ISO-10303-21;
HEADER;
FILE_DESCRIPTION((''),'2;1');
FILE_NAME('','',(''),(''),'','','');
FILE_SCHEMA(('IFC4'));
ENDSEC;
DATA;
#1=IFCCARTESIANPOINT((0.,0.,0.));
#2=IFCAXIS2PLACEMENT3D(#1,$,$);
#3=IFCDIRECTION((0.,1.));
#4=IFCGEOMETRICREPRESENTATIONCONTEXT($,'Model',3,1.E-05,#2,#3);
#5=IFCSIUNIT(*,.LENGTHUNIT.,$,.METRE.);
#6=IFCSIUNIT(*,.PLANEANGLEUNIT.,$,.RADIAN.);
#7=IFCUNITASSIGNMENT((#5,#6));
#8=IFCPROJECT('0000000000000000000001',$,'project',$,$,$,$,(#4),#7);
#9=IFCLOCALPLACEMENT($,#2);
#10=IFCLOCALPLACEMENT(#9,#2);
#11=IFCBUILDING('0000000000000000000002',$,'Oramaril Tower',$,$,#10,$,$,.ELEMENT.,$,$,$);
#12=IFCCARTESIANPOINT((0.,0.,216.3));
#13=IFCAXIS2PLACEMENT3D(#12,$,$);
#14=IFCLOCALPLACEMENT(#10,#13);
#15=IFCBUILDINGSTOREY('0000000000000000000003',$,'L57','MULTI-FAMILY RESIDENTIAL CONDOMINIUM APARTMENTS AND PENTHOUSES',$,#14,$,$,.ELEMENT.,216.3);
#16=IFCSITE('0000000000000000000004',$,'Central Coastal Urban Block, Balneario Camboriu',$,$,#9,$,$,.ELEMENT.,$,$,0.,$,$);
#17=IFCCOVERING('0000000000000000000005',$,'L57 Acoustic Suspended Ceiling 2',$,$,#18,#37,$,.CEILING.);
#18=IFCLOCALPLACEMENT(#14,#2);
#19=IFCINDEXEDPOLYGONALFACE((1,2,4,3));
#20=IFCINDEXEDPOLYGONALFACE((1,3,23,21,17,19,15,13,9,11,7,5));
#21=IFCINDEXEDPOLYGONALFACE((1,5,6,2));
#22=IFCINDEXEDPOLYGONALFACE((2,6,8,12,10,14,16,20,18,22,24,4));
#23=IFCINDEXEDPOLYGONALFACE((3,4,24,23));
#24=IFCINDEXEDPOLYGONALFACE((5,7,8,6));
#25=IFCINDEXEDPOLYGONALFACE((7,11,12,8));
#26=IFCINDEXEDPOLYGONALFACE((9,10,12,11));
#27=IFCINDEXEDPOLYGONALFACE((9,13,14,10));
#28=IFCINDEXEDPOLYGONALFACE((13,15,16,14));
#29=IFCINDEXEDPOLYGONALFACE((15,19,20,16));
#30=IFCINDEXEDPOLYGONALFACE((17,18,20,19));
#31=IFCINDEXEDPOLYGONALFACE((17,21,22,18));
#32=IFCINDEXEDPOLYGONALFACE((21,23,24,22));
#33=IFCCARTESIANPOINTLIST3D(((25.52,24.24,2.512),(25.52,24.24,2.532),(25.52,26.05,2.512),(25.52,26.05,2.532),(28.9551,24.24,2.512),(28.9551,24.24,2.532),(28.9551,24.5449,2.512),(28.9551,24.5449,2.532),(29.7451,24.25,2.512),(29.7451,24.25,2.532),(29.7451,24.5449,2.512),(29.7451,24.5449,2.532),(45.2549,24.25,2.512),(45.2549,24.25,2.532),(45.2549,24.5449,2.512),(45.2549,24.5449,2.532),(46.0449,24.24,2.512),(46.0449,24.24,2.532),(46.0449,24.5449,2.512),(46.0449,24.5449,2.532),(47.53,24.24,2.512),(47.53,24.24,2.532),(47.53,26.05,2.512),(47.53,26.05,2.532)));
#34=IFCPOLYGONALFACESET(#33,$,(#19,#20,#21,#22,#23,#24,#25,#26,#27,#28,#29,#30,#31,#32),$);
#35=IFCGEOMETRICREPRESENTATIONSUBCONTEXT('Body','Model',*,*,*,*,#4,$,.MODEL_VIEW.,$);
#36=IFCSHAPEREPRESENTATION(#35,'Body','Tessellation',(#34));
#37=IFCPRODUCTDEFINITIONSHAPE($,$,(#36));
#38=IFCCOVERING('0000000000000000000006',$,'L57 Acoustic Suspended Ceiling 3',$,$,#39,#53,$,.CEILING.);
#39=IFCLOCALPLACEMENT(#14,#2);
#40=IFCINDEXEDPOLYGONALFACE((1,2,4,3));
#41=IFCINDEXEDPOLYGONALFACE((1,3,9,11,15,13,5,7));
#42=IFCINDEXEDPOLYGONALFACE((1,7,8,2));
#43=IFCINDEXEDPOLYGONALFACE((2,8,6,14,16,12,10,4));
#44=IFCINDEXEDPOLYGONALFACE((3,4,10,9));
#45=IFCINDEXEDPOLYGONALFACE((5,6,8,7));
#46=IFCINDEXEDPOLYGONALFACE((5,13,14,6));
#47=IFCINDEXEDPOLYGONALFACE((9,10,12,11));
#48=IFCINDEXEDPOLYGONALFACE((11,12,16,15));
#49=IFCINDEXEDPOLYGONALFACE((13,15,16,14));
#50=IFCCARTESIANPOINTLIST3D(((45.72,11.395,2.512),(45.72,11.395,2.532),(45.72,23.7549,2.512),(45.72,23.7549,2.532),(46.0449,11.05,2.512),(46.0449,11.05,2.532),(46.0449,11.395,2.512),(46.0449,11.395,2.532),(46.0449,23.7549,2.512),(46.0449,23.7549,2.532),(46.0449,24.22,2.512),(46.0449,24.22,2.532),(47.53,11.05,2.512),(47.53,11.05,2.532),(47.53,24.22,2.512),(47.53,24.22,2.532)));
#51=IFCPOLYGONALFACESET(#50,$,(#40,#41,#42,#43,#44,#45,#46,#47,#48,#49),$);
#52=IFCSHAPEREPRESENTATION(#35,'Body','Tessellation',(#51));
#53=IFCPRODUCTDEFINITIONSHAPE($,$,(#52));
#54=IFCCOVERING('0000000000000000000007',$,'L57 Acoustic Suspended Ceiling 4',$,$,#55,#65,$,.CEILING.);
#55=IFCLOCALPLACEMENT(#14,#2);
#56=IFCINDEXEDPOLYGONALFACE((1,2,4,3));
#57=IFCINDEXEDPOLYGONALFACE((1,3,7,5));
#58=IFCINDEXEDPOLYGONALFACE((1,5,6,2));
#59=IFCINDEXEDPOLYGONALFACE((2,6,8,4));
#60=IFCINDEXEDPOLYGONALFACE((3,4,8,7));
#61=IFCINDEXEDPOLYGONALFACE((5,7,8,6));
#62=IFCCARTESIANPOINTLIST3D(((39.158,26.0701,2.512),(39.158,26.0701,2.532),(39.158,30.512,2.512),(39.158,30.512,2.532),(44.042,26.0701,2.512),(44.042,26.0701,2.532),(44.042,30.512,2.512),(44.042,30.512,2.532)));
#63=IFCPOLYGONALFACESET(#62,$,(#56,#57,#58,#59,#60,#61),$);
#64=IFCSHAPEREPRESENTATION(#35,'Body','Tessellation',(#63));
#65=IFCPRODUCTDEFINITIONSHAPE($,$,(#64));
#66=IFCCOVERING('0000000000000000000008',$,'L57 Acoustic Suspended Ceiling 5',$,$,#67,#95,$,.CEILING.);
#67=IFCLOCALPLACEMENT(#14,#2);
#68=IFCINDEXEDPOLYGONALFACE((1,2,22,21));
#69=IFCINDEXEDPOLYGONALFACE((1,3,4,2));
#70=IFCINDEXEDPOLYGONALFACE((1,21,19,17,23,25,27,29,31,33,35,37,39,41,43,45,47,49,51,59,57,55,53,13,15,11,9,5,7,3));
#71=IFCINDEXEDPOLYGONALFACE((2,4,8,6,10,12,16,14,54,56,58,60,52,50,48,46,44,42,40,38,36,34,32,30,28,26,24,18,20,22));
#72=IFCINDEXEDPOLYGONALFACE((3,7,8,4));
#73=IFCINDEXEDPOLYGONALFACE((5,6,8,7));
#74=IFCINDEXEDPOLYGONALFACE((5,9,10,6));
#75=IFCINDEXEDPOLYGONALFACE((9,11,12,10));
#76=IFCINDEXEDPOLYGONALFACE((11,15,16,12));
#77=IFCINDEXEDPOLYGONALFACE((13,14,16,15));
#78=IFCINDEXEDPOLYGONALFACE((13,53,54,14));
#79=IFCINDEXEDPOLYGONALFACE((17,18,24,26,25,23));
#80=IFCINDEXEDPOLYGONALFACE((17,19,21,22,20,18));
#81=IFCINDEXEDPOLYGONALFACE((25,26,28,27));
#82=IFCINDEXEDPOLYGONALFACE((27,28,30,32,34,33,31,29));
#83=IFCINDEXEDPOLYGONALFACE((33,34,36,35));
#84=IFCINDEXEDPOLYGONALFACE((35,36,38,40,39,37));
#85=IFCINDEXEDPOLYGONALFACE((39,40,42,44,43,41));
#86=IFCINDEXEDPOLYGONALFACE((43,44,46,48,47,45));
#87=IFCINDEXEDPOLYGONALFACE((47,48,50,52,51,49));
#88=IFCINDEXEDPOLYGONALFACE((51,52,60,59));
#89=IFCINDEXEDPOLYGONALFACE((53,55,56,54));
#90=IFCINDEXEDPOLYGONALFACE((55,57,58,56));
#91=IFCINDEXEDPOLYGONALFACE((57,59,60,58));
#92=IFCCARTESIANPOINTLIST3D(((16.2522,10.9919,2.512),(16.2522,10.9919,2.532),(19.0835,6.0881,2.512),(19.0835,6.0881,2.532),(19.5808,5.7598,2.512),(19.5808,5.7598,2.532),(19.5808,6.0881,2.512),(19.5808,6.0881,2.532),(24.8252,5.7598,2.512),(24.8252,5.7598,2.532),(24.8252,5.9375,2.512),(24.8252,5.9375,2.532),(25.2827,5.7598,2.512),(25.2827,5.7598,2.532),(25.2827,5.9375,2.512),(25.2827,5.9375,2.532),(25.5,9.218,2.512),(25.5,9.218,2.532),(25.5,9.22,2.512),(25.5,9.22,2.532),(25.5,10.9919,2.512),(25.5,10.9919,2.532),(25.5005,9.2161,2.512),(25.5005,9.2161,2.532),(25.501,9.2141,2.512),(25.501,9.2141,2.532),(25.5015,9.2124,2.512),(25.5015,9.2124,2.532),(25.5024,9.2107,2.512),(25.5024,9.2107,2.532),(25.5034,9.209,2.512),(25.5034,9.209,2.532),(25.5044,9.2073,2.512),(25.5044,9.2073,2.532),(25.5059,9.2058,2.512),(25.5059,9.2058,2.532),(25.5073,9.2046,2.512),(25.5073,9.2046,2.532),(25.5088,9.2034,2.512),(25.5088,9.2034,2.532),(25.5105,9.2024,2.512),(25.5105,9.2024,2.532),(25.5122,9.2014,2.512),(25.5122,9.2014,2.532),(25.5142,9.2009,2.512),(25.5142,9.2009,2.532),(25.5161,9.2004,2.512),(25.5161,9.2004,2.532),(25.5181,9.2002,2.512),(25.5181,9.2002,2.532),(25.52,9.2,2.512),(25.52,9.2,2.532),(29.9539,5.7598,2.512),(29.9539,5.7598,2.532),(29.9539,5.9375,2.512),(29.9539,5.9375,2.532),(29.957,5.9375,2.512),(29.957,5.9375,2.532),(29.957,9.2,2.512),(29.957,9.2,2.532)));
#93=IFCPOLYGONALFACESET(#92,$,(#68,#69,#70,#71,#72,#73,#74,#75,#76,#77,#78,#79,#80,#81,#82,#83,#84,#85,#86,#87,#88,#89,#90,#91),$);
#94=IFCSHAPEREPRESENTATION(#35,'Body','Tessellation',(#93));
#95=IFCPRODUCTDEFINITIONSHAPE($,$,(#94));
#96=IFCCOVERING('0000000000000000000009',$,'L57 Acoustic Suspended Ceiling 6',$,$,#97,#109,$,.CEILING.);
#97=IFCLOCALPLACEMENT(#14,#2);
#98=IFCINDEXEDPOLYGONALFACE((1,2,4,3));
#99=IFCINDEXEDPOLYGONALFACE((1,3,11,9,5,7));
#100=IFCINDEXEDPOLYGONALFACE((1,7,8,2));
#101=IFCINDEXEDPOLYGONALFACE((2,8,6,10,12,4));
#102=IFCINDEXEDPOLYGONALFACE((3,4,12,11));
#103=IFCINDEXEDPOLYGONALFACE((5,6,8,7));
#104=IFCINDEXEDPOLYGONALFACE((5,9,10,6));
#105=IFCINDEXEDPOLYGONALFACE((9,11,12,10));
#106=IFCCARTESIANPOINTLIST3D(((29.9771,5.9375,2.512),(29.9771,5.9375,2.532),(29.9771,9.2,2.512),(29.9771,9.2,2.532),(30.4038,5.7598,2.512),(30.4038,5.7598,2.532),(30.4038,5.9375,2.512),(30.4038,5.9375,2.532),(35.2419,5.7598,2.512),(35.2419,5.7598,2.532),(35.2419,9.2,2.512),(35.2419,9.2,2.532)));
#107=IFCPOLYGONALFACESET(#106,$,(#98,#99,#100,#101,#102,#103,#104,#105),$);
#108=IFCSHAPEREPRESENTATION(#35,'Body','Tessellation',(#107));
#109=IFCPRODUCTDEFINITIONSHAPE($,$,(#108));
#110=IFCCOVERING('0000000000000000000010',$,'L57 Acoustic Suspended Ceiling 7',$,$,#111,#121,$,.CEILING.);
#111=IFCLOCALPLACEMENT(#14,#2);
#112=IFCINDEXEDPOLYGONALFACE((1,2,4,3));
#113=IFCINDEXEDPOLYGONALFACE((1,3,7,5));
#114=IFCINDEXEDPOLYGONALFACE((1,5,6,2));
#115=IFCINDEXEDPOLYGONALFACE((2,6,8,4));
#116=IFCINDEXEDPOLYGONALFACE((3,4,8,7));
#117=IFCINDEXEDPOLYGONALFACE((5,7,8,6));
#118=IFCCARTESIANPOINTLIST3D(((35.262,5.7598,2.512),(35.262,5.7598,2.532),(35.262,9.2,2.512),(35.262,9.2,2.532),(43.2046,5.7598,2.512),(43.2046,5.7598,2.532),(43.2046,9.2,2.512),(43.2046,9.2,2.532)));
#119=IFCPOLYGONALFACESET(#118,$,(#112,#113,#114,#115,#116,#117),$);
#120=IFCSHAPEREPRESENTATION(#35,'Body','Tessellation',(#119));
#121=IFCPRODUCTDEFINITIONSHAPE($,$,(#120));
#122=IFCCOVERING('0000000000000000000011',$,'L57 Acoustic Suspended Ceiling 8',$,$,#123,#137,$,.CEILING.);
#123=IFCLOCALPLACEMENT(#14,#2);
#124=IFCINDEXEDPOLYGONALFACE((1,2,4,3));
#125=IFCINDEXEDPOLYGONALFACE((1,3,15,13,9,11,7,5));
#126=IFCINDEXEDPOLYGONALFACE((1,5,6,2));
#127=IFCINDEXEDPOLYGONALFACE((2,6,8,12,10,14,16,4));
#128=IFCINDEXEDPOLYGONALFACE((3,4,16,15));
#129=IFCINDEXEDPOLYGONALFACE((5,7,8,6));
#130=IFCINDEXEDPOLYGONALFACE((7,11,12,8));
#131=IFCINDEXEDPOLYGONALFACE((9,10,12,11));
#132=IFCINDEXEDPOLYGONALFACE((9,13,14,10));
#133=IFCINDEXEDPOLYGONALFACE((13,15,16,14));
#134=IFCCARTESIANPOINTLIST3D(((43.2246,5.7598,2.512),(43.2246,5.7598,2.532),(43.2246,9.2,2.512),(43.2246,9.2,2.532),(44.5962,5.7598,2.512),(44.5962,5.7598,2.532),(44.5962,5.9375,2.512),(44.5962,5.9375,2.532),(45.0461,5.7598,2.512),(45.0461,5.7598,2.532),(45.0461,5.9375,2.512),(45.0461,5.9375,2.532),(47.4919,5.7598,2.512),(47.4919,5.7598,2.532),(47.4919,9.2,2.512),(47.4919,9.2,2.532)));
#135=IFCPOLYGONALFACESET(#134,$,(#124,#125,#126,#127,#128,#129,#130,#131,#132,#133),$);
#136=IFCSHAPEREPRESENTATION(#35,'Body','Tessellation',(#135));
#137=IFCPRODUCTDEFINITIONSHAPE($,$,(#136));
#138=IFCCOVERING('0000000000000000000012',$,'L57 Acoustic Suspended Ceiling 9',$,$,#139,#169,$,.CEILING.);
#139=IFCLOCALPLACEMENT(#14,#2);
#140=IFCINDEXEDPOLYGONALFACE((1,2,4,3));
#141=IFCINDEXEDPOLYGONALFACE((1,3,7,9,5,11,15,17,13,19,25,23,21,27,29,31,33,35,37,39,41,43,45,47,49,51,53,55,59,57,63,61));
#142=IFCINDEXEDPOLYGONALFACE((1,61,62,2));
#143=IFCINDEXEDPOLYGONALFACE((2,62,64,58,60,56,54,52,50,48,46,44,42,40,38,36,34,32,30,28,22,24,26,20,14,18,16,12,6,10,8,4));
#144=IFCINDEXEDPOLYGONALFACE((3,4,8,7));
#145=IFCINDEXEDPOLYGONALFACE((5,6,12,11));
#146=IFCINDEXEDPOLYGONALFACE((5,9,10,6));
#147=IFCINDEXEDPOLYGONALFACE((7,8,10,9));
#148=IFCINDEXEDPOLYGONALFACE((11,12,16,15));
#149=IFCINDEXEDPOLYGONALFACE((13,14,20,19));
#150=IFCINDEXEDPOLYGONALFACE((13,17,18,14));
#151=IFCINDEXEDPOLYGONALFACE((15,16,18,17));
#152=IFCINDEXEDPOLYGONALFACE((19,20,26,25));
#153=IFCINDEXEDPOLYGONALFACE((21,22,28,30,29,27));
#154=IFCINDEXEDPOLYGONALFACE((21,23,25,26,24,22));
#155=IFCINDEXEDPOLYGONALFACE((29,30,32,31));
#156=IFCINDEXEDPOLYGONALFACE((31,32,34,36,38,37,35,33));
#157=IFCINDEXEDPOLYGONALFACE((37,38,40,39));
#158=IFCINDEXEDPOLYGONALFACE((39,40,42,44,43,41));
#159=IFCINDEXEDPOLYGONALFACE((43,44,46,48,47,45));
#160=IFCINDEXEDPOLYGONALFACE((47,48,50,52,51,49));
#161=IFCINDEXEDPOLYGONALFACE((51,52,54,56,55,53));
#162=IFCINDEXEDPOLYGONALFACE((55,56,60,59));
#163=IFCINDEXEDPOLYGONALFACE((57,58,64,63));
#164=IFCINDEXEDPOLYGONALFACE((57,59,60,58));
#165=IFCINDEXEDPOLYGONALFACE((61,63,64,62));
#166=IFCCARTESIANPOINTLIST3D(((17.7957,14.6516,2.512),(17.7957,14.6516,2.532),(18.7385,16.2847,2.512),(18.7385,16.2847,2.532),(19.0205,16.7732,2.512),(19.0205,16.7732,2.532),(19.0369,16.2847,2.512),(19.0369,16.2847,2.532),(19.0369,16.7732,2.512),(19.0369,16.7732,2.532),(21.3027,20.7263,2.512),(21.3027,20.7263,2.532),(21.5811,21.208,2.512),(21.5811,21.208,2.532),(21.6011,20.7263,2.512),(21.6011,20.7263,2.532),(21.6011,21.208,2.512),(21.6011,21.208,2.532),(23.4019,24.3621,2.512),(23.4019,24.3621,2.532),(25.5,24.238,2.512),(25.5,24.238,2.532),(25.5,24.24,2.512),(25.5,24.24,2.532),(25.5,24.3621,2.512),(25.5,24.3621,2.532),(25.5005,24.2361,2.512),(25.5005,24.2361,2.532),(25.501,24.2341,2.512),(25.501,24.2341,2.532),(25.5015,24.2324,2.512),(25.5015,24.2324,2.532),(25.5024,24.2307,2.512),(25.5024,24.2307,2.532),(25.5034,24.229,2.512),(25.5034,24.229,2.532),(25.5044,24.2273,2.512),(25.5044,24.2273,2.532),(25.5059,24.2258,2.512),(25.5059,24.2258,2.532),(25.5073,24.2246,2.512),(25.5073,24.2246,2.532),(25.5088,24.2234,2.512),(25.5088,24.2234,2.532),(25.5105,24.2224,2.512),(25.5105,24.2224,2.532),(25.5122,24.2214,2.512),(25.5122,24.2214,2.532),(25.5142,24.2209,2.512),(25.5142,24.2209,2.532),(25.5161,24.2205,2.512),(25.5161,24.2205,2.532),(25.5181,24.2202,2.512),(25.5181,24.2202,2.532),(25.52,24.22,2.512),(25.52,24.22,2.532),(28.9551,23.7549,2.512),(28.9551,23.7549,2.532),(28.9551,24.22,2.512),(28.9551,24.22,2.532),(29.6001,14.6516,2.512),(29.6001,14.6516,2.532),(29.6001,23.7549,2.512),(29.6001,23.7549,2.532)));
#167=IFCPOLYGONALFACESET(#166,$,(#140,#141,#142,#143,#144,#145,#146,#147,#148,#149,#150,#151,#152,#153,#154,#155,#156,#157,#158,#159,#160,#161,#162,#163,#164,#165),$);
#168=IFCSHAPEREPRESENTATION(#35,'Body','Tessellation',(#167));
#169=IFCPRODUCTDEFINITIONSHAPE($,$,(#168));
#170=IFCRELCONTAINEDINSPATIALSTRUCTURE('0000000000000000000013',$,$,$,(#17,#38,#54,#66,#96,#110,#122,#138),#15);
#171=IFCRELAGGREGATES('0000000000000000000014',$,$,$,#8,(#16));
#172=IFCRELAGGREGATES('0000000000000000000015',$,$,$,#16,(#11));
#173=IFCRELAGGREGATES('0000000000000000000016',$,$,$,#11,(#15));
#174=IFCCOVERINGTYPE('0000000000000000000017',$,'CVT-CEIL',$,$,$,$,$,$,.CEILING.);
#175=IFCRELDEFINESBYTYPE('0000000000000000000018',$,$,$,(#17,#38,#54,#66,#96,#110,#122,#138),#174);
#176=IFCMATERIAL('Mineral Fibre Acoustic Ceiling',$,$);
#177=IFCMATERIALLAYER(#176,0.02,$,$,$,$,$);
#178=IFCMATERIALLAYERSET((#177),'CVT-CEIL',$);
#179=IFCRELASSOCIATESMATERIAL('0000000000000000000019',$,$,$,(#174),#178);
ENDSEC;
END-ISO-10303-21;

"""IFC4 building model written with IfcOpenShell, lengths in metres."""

from ifc_helpers import new_model, si_unit, direction, frame, origin, place, context, subcontext, project, spatial, polyline, outline, extrude, material, layer, layer_set, type_object, element, save


model = new_model("IFC4")

# Units and contexts
model_context = context("Model", 3, precision=1e-05, world=origin(), true_north=direction((0.0, 1.0)))
body_context = subcontext(model_context, "Body", "Model", "MODEL_VIEW")
ifc_project = project(units=[si_unit("LENGTHUNIT", "METRE"), si_unit("PLANEANGLEUNIT", "RADIAN")], contexts=[model_context])

# Site, building, storey
site_placement = place(None, origin())
site = spatial("IfcSite", under=ifc_project, at=site_placement, Name="Central Coastal Urban Block, Balneario Camboriu", CompositionType="ELEMENT", RefElevation=0.0)
building_placement = place(site_placement, origin())
building = spatial("IfcBuilding", under=site, at=building_placement, Name="Oramaril Tower", CompositionType="ELEMENT")
storey_placement = place(building_placement, frame((0.0, 0.0, 216.3)))
storey = spatial("IfcBuildingStorey", under=building, at=storey_placement, Name="L57", Description="MULTI-FAMILY RESIDENTIAL CONDOMINIUM APARTMENTS AND PENTHOUSES", CompositionType="ELEMENT", Elevation=216.3)

# Coverings
ifc_material_1 = material(Name="Mineral Fibre Acoustic Ceiling")
ifc_layer_1 = layer(ifc_material_1, 0.02)
ifc_layer_set_1 = layer_set([ifc_layer_1], Name="CVT-CEIL")
covering_type_1 = type_object("IfcCoveringType", Name="CVT-CEIL", PredefinedType="CEILING", material=ifc_layer_set_1)
covering_1_placement = place(storey_placement, frame((0.0, 0.0, 2.512)))
element("IfcCovering", 1, at=covering_1_placement, inside=storey, type_object=covering_type_1, Name="L57 Acoustic Suspended Ceiling 2", PredefinedType="CEILING", context=body_context, shape_type="SweptSolid", body=[
    extrude(outline(polyline([(47.53, 24.24), (46.0449, 24.24), (46.0449, 24.5449), (45.2549, 24.5449), (45.2549, 24.25), (29.7451, 24.25), (29.7451, 24.5449), (28.9551, 24.5449), (28.9551, 24.24), (25.52, 24.24), (25.52, 26.05), (47.53, 26.05), (47.53, 24.24)])), origin(), (0.0, 0.0, 1.0), 0.02),
])
covering_2_placement = place(storey_placement, frame((0.0, 0.0, 2.512)))
element("IfcCovering", 2, at=covering_2_placement, inside=storey, type_object=covering_type_1, Name="L57 Acoustic Suspended Ceiling 3", PredefinedType="CEILING", context=body_context, shape_type="SweptSolid", body=[
    extrude(outline(polyline([(47.53, 11.05), (46.0449, 11.05), (46.0449, 11.395), (45.72, 11.395), (45.72, 23.7549), (46.0449, 23.7549), (46.0449, 24.22), (47.53, 24.22), (47.53, 11.05)])), origin(), (0.0, 0.0, 1.0), 0.02),
])
covering_3_placement = place(storey_placement, frame((0.0, 0.0, 2.512)))
element("IfcCovering", 3, at=covering_3_placement, inside=storey, type_object=covering_type_1, Name="L57 Acoustic Suspended Ceiling 4", PredefinedType="CEILING", context=body_context, shape_type="SweptSolid", body=[
    extrude(outline(polyline([(44.042, 30.512), (44.042, 26.0701), (39.158, 26.0701), (39.158, 30.512), (44.042, 30.512)])), origin(), (0.0, 0.0, 1.0), 0.02),
])
covering_4_placement = place(storey_placement, frame((0.0, 0.0, 2.512)))
element("IfcCovering", 4, at=covering_4_placement, inside=storey, type_object=covering_type_1, Name="L57 Acoustic Suspended Ceiling 5", PredefinedType="CEILING", context=body_context, shape_type="SweptSolid", body=[
    extrude(outline(polyline([(29.957, 5.9375), (29.9539, 5.9375), (29.9539, 5.7598), (25.2827, 5.7598), (25.2827, 5.9375), (24.8252, 5.9375), (24.8252, 5.7598), (19.5808, 5.7598), (19.5808, 6.0881), (19.0835, 6.0881), (16.2522, 10.9919), (25.5, 10.9919), (25.5, 9.22), (25.5, 9.218), (25.5005, 9.2161), (25.501, 9.2141), (25.5015, 9.2124), (25.5024, 9.2107), (25.5034, 9.209), (25.5044, 9.2073), (25.5059, 9.2058), (25.5073, 9.2046), (25.5088, 9.2034), (25.5105, 9.2024), (25.5122, 9.2014), (25.5142, 9.2009), (25.5161, 9.2004), (25.5181, 9.2002), (25.52, 9.2), (29.957, 9.2), (29.957, 5.9375)])), origin(), (0.0, 0.0, 1.0), 0.02),
])
covering_5_placement = place(storey_placement, frame((0.0, 0.0, 2.512)))
element("IfcCovering", 5, at=covering_5_placement, inside=storey, type_object=covering_type_1, Name="L57 Acoustic Suspended Ceiling 6", PredefinedType="CEILING", context=body_context, shape_type="SweptSolid", body=[
    extrude(outline(polyline([(30.4038, 5.7598), (30.4038, 5.9375), (29.9771, 5.9375), (29.9771, 9.2), (35.2419, 9.2), (35.2419, 5.7598), (30.4038, 5.7598)])), origin(), (0.0, 0.0, 1.0), 0.02),
])
covering_6_placement = place(storey_placement, frame((0.0, 0.0, 2.512)))
element("IfcCovering", 6, at=covering_6_placement, inside=storey, type_object=covering_type_1, Name="L57 Acoustic Suspended Ceiling 7", PredefinedType="CEILING", context=body_context, shape_type="SweptSolid", body=[
    extrude(outline(polyline([(35.262, 5.7598), (35.262, 9.2), (43.2046, 9.2), (43.2046, 5.7598), (35.262, 5.7598)])), origin(), (0.0, 0.0, 1.0), 0.02),
])
covering_7_placement = place(storey_placement, frame((0.0, 0.0, 2.512)))
element("IfcCovering", 7, at=covering_7_placement, inside=storey, type_object=covering_type_1, Name="L57 Acoustic Suspended Ceiling 8", PredefinedType="CEILING", context=body_context, shape_type="SweptSolid", body=[
    extrude(outline(polyline([(45.0461, 5.9375), (44.5962, 5.9375), (44.5962, 5.7598), (43.2246, 5.7598), (43.2246, 9.2), (47.4919, 9.2), (47.4919, 5.7598), (45.0461, 5.7598), (45.0461, 5.9375)])), origin(), (0.0, 0.0, 1.0), 0.02),
])
covering_8_placement = place(storey_placement, frame((0.0, 0.0, 2.512)))
element("IfcCovering", 8, at=covering_8_placement, inside=storey, type_object=covering_type_1, Name="L57 Acoustic Suspended Ceiling 9", PredefinedType="CEILING", context=body_context, shape_type="SweptSolid", body=[
    extrude(outline(polyline([(28.9551, 23.7549), (29.6001, 23.7549), (29.6001, 14.6516), (17.7957, 14.6516), (18.7385, 16.2847), (19.0369, 16.2847), (19.0369, 16.7732), (19.0205, 16.7732), (21.3027, 20.7263), (21.6011, 20.7263), (21.6011, 21.208), (21.5811, 21.208), (23.4019, 24.3621), (25.5, 24.3621), (25.5, 24.24), (25.5, 24.238), (25.5005, 24.2361), (25.501, 24.2341), (25.5015, 24.2324), (25.5024, 24.2307), (25.5034, 24.229), (25.5044, 24.2273), (25.5059, 24.2258), (25.5073, 24.2246), (25.5088, 24.2234), (25.5105, 24.2224), (25.5122, 24.2214), (25.5142, 24.2209), (25.5161, 24.2205), (25.5181, 24.2202), (25.52, 24.22), (28.9551, 24.22), (28.9551, 23.7549)])), origin(), (0.0, 0.0, 1.0), 0.02),
])

save(model, "model.ifc")
